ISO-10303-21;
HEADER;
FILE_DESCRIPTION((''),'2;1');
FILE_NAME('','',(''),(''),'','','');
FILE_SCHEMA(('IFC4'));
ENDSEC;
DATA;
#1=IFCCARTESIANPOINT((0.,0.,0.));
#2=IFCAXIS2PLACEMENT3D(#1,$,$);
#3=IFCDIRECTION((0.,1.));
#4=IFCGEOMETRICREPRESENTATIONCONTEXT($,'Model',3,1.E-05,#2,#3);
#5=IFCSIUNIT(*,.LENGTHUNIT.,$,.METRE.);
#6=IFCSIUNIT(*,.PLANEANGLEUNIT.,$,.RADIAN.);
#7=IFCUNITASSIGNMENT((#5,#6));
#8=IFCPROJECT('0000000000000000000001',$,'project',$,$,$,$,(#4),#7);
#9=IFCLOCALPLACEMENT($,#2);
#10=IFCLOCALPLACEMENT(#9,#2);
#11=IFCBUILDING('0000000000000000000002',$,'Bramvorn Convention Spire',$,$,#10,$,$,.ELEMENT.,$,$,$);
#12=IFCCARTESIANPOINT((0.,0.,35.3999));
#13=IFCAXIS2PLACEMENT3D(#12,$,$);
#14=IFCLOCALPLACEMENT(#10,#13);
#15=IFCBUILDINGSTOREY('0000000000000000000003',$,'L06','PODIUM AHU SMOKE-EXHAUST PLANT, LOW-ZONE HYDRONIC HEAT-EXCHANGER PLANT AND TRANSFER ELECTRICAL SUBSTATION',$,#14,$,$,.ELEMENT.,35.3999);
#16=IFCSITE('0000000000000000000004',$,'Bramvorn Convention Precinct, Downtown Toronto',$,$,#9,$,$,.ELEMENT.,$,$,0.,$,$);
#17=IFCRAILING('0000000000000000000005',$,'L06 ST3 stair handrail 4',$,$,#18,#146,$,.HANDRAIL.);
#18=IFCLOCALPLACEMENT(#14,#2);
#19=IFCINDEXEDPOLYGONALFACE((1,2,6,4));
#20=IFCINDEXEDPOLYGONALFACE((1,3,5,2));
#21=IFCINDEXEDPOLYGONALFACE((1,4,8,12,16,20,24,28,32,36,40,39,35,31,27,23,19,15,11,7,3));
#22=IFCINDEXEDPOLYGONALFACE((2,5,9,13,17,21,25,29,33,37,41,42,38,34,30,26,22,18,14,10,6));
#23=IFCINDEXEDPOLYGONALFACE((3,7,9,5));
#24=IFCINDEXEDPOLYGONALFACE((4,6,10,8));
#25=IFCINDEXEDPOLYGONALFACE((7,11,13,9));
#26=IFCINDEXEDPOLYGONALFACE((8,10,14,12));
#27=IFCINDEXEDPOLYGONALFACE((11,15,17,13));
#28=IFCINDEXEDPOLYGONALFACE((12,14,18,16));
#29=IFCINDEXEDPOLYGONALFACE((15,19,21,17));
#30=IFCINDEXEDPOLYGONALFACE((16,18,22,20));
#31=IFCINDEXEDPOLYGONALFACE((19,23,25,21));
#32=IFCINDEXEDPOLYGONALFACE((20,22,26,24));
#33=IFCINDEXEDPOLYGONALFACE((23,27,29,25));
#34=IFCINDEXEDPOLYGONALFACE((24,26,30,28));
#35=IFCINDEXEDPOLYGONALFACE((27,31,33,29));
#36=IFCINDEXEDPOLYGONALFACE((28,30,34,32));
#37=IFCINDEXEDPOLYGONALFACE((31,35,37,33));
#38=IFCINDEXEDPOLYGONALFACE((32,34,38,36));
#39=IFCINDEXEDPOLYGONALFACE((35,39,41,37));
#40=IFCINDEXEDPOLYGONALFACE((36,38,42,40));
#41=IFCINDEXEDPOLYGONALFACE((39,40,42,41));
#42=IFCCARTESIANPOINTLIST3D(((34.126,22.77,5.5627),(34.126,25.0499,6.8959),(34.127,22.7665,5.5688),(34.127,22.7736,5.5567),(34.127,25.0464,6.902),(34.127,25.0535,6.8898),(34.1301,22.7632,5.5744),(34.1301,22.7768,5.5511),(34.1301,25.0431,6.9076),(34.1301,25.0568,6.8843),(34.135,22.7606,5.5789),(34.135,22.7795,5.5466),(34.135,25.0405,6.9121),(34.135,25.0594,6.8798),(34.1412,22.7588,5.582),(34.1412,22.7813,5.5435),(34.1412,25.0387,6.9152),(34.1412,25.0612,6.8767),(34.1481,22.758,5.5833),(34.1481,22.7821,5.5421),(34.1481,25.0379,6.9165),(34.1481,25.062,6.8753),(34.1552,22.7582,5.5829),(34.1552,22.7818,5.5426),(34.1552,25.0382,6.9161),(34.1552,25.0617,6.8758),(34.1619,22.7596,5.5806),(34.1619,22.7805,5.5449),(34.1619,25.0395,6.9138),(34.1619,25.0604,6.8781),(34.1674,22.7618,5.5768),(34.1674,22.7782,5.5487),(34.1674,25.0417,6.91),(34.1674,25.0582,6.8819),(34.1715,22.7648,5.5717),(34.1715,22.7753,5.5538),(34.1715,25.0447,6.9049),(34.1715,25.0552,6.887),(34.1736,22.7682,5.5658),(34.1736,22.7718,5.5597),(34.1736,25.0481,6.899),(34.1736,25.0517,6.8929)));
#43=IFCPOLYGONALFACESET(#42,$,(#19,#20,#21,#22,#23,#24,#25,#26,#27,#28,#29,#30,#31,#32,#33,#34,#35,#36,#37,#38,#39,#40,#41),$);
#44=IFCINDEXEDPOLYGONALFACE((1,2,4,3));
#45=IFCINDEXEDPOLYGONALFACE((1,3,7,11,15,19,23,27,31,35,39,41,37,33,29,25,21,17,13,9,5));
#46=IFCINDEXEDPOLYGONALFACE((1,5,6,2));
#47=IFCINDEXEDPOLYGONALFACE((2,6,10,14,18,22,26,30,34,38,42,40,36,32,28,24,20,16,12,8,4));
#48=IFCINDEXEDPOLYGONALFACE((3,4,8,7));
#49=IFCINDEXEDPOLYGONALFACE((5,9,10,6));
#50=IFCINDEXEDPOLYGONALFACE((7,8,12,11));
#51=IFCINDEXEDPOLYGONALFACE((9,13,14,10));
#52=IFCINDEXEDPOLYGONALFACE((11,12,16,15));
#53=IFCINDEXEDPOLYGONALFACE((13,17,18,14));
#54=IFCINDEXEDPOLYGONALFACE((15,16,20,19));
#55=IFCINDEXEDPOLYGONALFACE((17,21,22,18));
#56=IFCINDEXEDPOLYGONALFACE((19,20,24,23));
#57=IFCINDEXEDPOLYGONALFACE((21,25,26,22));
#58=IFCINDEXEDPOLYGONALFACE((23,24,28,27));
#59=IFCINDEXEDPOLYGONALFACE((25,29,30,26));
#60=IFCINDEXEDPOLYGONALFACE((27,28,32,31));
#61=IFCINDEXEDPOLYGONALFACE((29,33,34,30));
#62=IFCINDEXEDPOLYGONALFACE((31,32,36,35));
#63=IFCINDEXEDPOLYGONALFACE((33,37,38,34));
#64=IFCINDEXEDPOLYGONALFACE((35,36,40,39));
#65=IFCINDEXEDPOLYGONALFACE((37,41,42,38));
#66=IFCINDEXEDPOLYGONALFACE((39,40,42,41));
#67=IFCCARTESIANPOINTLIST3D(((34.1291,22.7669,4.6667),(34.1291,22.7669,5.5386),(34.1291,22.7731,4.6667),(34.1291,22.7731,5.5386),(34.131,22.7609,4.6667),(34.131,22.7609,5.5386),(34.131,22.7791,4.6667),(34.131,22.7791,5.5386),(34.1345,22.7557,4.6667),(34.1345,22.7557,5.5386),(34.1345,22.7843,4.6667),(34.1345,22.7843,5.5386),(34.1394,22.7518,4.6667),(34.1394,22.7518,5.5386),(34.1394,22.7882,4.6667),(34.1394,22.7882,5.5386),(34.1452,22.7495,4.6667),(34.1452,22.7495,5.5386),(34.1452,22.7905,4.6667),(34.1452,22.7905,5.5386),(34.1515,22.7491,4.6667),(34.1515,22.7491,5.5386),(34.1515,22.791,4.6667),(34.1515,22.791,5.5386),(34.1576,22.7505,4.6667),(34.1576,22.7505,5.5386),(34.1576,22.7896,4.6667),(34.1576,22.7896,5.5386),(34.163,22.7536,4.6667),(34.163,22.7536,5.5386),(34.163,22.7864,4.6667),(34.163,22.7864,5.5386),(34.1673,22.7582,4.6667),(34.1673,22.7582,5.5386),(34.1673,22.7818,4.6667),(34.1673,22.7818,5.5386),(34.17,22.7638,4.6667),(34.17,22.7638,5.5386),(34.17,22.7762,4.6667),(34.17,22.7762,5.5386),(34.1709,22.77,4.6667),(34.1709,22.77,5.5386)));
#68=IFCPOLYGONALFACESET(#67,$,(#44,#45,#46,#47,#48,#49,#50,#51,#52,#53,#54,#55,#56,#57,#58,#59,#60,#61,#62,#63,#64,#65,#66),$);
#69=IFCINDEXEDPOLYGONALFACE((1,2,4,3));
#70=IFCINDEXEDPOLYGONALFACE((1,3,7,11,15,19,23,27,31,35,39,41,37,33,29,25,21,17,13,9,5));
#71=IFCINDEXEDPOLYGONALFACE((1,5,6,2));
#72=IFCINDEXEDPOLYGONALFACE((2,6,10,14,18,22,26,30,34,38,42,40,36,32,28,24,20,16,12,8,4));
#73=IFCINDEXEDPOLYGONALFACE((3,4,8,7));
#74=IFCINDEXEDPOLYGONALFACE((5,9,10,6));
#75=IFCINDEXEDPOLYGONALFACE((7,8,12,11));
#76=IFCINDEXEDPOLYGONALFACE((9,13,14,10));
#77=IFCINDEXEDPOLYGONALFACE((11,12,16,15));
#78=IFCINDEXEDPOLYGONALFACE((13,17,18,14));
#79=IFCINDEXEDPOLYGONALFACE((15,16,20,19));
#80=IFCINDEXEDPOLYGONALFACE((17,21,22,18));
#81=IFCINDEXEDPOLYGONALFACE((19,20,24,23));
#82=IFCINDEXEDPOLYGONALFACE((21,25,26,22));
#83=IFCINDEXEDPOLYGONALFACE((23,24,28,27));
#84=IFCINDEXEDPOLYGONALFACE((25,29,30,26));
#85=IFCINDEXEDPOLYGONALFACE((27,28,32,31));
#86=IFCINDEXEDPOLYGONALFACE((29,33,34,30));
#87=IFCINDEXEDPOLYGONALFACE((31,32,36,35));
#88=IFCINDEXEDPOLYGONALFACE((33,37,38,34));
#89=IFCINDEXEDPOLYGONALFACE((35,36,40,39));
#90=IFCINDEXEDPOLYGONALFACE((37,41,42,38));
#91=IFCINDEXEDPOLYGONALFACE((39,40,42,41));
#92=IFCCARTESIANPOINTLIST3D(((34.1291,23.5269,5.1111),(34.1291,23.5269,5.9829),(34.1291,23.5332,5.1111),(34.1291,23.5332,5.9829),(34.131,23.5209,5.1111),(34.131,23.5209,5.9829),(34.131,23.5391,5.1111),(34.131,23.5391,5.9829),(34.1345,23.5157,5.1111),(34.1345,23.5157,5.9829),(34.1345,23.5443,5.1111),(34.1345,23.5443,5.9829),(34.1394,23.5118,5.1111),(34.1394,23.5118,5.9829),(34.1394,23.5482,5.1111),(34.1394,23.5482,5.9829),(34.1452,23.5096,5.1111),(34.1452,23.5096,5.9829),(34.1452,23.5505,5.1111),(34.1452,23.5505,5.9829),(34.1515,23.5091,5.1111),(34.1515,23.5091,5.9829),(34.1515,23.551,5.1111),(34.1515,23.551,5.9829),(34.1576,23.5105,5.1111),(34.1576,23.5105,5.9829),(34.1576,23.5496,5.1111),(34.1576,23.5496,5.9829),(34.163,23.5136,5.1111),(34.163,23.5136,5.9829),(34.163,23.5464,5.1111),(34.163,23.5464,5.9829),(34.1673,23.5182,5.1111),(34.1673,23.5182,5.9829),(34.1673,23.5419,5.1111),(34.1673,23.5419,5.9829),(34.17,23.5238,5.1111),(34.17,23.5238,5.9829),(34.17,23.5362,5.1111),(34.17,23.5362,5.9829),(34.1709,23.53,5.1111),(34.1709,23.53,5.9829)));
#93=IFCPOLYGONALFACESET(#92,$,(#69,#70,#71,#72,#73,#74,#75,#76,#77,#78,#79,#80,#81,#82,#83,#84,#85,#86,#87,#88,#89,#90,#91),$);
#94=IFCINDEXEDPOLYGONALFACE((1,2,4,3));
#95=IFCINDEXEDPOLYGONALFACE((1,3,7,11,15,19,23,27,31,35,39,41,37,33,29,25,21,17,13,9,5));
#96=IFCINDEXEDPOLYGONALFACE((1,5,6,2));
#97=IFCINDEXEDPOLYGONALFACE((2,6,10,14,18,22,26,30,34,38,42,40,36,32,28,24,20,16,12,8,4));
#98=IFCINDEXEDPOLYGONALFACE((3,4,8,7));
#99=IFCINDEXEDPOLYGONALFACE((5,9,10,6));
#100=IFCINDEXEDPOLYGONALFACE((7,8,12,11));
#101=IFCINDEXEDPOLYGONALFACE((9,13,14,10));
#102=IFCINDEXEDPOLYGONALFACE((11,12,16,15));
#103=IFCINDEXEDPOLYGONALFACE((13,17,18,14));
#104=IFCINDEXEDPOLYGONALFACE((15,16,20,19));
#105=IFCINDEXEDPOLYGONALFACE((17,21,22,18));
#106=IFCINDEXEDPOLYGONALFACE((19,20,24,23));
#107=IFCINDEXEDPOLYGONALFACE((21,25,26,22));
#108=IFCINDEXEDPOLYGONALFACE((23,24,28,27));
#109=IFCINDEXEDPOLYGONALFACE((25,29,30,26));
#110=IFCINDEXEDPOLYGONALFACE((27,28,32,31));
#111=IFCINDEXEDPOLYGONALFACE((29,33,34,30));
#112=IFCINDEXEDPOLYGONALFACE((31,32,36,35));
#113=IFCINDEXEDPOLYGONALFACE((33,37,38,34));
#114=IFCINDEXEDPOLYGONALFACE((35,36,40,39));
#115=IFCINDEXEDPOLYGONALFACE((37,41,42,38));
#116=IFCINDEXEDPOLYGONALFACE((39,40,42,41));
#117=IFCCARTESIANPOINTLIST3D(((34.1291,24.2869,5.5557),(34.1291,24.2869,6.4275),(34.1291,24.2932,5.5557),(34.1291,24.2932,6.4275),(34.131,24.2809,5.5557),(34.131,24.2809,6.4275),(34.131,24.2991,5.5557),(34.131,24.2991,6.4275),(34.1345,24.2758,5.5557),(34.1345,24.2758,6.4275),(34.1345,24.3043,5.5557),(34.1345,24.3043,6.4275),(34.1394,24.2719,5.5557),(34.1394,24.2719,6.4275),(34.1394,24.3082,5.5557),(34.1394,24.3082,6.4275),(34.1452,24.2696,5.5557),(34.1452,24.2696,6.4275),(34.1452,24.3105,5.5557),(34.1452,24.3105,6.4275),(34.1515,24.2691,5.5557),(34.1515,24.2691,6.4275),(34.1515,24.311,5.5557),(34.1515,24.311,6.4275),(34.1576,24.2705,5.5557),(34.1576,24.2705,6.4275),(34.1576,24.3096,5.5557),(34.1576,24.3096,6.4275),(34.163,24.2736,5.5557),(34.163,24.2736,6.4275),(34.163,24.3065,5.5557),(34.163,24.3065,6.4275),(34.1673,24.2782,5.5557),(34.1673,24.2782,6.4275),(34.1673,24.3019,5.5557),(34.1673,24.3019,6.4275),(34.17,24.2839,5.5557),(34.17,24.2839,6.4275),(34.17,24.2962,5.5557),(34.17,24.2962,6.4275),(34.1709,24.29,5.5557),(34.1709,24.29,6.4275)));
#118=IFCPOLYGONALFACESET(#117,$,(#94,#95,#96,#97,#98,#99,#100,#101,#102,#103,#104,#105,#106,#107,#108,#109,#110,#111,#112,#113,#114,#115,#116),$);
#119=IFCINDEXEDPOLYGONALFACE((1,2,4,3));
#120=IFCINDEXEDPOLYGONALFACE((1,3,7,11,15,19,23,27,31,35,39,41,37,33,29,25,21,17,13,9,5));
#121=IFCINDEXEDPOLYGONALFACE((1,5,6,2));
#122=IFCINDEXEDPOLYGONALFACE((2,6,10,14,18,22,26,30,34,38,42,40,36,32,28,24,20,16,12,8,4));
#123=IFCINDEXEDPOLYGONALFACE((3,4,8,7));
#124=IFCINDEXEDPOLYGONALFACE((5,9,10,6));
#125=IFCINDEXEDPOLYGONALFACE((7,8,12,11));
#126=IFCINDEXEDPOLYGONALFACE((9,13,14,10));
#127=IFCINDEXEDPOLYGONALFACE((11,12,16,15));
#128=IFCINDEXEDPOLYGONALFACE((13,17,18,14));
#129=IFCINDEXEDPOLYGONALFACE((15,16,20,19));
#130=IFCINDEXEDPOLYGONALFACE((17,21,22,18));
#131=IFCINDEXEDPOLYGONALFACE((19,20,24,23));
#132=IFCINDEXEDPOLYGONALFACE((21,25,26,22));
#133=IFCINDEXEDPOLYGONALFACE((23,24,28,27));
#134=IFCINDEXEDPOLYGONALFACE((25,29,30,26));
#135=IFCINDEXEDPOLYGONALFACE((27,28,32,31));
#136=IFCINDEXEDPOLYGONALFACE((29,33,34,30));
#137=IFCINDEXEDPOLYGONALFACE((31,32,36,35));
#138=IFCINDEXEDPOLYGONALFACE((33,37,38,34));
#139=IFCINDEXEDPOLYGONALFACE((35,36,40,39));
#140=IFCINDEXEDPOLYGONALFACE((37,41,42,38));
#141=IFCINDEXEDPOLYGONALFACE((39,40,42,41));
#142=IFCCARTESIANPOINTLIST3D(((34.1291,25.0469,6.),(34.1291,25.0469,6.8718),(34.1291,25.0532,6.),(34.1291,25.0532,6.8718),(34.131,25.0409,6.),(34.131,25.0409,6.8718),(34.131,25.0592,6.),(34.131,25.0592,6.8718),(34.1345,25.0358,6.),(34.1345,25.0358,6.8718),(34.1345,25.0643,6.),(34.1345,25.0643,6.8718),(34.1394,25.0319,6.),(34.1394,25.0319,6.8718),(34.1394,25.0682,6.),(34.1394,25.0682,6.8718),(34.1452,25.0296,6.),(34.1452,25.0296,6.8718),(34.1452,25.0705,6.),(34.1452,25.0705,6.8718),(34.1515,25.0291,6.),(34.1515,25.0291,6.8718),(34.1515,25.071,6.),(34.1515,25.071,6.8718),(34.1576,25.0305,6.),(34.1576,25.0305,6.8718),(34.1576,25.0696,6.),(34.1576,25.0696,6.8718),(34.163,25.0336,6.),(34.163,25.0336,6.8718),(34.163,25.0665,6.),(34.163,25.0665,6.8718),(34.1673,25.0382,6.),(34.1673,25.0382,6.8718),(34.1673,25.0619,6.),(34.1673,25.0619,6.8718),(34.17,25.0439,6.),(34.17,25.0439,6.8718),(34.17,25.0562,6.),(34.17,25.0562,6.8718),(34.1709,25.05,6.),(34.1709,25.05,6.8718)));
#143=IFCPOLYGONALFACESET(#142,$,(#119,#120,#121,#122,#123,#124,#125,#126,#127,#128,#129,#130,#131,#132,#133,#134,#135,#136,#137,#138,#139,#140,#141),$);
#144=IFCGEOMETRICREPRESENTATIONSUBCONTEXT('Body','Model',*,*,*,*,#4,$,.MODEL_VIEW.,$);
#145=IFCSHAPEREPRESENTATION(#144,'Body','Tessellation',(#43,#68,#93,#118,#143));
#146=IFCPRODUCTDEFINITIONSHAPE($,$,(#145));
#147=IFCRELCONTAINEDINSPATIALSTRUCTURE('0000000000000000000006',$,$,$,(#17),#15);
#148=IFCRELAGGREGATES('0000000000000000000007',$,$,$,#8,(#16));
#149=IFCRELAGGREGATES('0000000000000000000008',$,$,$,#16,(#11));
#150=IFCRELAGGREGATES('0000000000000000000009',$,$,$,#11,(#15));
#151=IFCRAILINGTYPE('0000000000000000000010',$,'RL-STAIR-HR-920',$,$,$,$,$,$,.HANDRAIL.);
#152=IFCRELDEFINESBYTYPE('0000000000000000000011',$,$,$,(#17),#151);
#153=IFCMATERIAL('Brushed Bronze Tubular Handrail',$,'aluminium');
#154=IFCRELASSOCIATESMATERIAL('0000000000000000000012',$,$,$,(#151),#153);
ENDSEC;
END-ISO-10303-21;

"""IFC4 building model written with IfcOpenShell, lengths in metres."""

from ifc_helpers import new_model, si_unit, direction, frame, origin, origin_2d, place, context, subcontext, project, spatial, circle, extrude, material, type_object, element, save


model = new_model("IFC4")

# Units and contexts
model_context = context("Model", 3, precision=1e-05, world=origin(), true_north=direction((0.0, 1.0)))
body_context = subcontext(model_context, "Body", "Model", "MODEL_VIEW")
ifc_project = project(units=[si_unit("LENGTHUNIT", "METRE"), si_unit("PLANEANGLEUNIT", "RADIAN")], contexts=[model_context])

# Site, building, storey
site_placement = place(None, origin())
site = spatial("IfcSite", under=ifc_project, at=site_placement, Name="Bramvorn Convention Precinct, Downtown Toronto", CompositionType="ELEMENT", RefElevation=0.0)
building_placement = place(site_placement, origin())
building = spatial("IfcBuilding", under=site, at=building_placement, Name="Bramvorn Convention Spire", CompositionType="ELEMENT")
storey_placement = place(building_placement, frame((0.0, 0.0, 35.3999)))
storey = spatial("IfcBuildingStorey", under=building, at=storey_placement, Name="L06", Description="PODIUM AHU SMOKE-EXHAUST PLANT, LOW-ZONE HYDRONIC HEAT-EXCHANGER PLANT AND TRANSFER ELECTRICAL SUBSTATION", CompositionType="ELEMENT", Elevation=35.3999)

# Railing
ifc_material_1 = material(Name="Brushed Bronze Tubular Handrail", Category="aluminium")
railing_type_1 = type_object("IfcRailingType", Name="RL-STAIR-HR-920", PredefinedType="HANDRAIL", material=ifc_material_1)
for number, where, name in (
    (1, (34.1499, 22.77, 4.6667), "L06 ST3 stair handrail 4"),
):
    element("IfcRailing", number, at=place(storey_placement, frame(where)), inside=storey, type_object=railing_type_1, Name=name, PredefinedType="HANDRAIL", context=body_context, shape_type="SweptSolid", body=[
        extrude(circle(Radius=0.0239, at=origin_2d()), frame((0.0, 0.0, 0.896), z_axis=(0.0, 0.863245, 0.504785), x_axis=(-1.0, 0.0, 0.0)), (0.0, 0.0, 1.0), 2.6411),
        extrude(circle(Radius=0.021, at=origin_2d()), origin(), (0.0, 0.0, 1.0), 0.8718),
        extrude(circle(Radius=0.021, at=origin_2d()), frame((0.0, 0.76, 0.4443)), (0.0, 0.0, 1.0), 0.8718),
        extrude(circle(Radius=0.021, at=origin_2d()), frame((0.0, 1.52, 0.8889)), (0.0, 0.0, 1.0), 0.8718),
        extrude(circle(Radius=0.021, at=origin_2d()), frame((0.0, 2.28, 1.3333)), (0.0, 0.0, 1.0), 0.8718),
    ])

save(model, "model.ifc")
